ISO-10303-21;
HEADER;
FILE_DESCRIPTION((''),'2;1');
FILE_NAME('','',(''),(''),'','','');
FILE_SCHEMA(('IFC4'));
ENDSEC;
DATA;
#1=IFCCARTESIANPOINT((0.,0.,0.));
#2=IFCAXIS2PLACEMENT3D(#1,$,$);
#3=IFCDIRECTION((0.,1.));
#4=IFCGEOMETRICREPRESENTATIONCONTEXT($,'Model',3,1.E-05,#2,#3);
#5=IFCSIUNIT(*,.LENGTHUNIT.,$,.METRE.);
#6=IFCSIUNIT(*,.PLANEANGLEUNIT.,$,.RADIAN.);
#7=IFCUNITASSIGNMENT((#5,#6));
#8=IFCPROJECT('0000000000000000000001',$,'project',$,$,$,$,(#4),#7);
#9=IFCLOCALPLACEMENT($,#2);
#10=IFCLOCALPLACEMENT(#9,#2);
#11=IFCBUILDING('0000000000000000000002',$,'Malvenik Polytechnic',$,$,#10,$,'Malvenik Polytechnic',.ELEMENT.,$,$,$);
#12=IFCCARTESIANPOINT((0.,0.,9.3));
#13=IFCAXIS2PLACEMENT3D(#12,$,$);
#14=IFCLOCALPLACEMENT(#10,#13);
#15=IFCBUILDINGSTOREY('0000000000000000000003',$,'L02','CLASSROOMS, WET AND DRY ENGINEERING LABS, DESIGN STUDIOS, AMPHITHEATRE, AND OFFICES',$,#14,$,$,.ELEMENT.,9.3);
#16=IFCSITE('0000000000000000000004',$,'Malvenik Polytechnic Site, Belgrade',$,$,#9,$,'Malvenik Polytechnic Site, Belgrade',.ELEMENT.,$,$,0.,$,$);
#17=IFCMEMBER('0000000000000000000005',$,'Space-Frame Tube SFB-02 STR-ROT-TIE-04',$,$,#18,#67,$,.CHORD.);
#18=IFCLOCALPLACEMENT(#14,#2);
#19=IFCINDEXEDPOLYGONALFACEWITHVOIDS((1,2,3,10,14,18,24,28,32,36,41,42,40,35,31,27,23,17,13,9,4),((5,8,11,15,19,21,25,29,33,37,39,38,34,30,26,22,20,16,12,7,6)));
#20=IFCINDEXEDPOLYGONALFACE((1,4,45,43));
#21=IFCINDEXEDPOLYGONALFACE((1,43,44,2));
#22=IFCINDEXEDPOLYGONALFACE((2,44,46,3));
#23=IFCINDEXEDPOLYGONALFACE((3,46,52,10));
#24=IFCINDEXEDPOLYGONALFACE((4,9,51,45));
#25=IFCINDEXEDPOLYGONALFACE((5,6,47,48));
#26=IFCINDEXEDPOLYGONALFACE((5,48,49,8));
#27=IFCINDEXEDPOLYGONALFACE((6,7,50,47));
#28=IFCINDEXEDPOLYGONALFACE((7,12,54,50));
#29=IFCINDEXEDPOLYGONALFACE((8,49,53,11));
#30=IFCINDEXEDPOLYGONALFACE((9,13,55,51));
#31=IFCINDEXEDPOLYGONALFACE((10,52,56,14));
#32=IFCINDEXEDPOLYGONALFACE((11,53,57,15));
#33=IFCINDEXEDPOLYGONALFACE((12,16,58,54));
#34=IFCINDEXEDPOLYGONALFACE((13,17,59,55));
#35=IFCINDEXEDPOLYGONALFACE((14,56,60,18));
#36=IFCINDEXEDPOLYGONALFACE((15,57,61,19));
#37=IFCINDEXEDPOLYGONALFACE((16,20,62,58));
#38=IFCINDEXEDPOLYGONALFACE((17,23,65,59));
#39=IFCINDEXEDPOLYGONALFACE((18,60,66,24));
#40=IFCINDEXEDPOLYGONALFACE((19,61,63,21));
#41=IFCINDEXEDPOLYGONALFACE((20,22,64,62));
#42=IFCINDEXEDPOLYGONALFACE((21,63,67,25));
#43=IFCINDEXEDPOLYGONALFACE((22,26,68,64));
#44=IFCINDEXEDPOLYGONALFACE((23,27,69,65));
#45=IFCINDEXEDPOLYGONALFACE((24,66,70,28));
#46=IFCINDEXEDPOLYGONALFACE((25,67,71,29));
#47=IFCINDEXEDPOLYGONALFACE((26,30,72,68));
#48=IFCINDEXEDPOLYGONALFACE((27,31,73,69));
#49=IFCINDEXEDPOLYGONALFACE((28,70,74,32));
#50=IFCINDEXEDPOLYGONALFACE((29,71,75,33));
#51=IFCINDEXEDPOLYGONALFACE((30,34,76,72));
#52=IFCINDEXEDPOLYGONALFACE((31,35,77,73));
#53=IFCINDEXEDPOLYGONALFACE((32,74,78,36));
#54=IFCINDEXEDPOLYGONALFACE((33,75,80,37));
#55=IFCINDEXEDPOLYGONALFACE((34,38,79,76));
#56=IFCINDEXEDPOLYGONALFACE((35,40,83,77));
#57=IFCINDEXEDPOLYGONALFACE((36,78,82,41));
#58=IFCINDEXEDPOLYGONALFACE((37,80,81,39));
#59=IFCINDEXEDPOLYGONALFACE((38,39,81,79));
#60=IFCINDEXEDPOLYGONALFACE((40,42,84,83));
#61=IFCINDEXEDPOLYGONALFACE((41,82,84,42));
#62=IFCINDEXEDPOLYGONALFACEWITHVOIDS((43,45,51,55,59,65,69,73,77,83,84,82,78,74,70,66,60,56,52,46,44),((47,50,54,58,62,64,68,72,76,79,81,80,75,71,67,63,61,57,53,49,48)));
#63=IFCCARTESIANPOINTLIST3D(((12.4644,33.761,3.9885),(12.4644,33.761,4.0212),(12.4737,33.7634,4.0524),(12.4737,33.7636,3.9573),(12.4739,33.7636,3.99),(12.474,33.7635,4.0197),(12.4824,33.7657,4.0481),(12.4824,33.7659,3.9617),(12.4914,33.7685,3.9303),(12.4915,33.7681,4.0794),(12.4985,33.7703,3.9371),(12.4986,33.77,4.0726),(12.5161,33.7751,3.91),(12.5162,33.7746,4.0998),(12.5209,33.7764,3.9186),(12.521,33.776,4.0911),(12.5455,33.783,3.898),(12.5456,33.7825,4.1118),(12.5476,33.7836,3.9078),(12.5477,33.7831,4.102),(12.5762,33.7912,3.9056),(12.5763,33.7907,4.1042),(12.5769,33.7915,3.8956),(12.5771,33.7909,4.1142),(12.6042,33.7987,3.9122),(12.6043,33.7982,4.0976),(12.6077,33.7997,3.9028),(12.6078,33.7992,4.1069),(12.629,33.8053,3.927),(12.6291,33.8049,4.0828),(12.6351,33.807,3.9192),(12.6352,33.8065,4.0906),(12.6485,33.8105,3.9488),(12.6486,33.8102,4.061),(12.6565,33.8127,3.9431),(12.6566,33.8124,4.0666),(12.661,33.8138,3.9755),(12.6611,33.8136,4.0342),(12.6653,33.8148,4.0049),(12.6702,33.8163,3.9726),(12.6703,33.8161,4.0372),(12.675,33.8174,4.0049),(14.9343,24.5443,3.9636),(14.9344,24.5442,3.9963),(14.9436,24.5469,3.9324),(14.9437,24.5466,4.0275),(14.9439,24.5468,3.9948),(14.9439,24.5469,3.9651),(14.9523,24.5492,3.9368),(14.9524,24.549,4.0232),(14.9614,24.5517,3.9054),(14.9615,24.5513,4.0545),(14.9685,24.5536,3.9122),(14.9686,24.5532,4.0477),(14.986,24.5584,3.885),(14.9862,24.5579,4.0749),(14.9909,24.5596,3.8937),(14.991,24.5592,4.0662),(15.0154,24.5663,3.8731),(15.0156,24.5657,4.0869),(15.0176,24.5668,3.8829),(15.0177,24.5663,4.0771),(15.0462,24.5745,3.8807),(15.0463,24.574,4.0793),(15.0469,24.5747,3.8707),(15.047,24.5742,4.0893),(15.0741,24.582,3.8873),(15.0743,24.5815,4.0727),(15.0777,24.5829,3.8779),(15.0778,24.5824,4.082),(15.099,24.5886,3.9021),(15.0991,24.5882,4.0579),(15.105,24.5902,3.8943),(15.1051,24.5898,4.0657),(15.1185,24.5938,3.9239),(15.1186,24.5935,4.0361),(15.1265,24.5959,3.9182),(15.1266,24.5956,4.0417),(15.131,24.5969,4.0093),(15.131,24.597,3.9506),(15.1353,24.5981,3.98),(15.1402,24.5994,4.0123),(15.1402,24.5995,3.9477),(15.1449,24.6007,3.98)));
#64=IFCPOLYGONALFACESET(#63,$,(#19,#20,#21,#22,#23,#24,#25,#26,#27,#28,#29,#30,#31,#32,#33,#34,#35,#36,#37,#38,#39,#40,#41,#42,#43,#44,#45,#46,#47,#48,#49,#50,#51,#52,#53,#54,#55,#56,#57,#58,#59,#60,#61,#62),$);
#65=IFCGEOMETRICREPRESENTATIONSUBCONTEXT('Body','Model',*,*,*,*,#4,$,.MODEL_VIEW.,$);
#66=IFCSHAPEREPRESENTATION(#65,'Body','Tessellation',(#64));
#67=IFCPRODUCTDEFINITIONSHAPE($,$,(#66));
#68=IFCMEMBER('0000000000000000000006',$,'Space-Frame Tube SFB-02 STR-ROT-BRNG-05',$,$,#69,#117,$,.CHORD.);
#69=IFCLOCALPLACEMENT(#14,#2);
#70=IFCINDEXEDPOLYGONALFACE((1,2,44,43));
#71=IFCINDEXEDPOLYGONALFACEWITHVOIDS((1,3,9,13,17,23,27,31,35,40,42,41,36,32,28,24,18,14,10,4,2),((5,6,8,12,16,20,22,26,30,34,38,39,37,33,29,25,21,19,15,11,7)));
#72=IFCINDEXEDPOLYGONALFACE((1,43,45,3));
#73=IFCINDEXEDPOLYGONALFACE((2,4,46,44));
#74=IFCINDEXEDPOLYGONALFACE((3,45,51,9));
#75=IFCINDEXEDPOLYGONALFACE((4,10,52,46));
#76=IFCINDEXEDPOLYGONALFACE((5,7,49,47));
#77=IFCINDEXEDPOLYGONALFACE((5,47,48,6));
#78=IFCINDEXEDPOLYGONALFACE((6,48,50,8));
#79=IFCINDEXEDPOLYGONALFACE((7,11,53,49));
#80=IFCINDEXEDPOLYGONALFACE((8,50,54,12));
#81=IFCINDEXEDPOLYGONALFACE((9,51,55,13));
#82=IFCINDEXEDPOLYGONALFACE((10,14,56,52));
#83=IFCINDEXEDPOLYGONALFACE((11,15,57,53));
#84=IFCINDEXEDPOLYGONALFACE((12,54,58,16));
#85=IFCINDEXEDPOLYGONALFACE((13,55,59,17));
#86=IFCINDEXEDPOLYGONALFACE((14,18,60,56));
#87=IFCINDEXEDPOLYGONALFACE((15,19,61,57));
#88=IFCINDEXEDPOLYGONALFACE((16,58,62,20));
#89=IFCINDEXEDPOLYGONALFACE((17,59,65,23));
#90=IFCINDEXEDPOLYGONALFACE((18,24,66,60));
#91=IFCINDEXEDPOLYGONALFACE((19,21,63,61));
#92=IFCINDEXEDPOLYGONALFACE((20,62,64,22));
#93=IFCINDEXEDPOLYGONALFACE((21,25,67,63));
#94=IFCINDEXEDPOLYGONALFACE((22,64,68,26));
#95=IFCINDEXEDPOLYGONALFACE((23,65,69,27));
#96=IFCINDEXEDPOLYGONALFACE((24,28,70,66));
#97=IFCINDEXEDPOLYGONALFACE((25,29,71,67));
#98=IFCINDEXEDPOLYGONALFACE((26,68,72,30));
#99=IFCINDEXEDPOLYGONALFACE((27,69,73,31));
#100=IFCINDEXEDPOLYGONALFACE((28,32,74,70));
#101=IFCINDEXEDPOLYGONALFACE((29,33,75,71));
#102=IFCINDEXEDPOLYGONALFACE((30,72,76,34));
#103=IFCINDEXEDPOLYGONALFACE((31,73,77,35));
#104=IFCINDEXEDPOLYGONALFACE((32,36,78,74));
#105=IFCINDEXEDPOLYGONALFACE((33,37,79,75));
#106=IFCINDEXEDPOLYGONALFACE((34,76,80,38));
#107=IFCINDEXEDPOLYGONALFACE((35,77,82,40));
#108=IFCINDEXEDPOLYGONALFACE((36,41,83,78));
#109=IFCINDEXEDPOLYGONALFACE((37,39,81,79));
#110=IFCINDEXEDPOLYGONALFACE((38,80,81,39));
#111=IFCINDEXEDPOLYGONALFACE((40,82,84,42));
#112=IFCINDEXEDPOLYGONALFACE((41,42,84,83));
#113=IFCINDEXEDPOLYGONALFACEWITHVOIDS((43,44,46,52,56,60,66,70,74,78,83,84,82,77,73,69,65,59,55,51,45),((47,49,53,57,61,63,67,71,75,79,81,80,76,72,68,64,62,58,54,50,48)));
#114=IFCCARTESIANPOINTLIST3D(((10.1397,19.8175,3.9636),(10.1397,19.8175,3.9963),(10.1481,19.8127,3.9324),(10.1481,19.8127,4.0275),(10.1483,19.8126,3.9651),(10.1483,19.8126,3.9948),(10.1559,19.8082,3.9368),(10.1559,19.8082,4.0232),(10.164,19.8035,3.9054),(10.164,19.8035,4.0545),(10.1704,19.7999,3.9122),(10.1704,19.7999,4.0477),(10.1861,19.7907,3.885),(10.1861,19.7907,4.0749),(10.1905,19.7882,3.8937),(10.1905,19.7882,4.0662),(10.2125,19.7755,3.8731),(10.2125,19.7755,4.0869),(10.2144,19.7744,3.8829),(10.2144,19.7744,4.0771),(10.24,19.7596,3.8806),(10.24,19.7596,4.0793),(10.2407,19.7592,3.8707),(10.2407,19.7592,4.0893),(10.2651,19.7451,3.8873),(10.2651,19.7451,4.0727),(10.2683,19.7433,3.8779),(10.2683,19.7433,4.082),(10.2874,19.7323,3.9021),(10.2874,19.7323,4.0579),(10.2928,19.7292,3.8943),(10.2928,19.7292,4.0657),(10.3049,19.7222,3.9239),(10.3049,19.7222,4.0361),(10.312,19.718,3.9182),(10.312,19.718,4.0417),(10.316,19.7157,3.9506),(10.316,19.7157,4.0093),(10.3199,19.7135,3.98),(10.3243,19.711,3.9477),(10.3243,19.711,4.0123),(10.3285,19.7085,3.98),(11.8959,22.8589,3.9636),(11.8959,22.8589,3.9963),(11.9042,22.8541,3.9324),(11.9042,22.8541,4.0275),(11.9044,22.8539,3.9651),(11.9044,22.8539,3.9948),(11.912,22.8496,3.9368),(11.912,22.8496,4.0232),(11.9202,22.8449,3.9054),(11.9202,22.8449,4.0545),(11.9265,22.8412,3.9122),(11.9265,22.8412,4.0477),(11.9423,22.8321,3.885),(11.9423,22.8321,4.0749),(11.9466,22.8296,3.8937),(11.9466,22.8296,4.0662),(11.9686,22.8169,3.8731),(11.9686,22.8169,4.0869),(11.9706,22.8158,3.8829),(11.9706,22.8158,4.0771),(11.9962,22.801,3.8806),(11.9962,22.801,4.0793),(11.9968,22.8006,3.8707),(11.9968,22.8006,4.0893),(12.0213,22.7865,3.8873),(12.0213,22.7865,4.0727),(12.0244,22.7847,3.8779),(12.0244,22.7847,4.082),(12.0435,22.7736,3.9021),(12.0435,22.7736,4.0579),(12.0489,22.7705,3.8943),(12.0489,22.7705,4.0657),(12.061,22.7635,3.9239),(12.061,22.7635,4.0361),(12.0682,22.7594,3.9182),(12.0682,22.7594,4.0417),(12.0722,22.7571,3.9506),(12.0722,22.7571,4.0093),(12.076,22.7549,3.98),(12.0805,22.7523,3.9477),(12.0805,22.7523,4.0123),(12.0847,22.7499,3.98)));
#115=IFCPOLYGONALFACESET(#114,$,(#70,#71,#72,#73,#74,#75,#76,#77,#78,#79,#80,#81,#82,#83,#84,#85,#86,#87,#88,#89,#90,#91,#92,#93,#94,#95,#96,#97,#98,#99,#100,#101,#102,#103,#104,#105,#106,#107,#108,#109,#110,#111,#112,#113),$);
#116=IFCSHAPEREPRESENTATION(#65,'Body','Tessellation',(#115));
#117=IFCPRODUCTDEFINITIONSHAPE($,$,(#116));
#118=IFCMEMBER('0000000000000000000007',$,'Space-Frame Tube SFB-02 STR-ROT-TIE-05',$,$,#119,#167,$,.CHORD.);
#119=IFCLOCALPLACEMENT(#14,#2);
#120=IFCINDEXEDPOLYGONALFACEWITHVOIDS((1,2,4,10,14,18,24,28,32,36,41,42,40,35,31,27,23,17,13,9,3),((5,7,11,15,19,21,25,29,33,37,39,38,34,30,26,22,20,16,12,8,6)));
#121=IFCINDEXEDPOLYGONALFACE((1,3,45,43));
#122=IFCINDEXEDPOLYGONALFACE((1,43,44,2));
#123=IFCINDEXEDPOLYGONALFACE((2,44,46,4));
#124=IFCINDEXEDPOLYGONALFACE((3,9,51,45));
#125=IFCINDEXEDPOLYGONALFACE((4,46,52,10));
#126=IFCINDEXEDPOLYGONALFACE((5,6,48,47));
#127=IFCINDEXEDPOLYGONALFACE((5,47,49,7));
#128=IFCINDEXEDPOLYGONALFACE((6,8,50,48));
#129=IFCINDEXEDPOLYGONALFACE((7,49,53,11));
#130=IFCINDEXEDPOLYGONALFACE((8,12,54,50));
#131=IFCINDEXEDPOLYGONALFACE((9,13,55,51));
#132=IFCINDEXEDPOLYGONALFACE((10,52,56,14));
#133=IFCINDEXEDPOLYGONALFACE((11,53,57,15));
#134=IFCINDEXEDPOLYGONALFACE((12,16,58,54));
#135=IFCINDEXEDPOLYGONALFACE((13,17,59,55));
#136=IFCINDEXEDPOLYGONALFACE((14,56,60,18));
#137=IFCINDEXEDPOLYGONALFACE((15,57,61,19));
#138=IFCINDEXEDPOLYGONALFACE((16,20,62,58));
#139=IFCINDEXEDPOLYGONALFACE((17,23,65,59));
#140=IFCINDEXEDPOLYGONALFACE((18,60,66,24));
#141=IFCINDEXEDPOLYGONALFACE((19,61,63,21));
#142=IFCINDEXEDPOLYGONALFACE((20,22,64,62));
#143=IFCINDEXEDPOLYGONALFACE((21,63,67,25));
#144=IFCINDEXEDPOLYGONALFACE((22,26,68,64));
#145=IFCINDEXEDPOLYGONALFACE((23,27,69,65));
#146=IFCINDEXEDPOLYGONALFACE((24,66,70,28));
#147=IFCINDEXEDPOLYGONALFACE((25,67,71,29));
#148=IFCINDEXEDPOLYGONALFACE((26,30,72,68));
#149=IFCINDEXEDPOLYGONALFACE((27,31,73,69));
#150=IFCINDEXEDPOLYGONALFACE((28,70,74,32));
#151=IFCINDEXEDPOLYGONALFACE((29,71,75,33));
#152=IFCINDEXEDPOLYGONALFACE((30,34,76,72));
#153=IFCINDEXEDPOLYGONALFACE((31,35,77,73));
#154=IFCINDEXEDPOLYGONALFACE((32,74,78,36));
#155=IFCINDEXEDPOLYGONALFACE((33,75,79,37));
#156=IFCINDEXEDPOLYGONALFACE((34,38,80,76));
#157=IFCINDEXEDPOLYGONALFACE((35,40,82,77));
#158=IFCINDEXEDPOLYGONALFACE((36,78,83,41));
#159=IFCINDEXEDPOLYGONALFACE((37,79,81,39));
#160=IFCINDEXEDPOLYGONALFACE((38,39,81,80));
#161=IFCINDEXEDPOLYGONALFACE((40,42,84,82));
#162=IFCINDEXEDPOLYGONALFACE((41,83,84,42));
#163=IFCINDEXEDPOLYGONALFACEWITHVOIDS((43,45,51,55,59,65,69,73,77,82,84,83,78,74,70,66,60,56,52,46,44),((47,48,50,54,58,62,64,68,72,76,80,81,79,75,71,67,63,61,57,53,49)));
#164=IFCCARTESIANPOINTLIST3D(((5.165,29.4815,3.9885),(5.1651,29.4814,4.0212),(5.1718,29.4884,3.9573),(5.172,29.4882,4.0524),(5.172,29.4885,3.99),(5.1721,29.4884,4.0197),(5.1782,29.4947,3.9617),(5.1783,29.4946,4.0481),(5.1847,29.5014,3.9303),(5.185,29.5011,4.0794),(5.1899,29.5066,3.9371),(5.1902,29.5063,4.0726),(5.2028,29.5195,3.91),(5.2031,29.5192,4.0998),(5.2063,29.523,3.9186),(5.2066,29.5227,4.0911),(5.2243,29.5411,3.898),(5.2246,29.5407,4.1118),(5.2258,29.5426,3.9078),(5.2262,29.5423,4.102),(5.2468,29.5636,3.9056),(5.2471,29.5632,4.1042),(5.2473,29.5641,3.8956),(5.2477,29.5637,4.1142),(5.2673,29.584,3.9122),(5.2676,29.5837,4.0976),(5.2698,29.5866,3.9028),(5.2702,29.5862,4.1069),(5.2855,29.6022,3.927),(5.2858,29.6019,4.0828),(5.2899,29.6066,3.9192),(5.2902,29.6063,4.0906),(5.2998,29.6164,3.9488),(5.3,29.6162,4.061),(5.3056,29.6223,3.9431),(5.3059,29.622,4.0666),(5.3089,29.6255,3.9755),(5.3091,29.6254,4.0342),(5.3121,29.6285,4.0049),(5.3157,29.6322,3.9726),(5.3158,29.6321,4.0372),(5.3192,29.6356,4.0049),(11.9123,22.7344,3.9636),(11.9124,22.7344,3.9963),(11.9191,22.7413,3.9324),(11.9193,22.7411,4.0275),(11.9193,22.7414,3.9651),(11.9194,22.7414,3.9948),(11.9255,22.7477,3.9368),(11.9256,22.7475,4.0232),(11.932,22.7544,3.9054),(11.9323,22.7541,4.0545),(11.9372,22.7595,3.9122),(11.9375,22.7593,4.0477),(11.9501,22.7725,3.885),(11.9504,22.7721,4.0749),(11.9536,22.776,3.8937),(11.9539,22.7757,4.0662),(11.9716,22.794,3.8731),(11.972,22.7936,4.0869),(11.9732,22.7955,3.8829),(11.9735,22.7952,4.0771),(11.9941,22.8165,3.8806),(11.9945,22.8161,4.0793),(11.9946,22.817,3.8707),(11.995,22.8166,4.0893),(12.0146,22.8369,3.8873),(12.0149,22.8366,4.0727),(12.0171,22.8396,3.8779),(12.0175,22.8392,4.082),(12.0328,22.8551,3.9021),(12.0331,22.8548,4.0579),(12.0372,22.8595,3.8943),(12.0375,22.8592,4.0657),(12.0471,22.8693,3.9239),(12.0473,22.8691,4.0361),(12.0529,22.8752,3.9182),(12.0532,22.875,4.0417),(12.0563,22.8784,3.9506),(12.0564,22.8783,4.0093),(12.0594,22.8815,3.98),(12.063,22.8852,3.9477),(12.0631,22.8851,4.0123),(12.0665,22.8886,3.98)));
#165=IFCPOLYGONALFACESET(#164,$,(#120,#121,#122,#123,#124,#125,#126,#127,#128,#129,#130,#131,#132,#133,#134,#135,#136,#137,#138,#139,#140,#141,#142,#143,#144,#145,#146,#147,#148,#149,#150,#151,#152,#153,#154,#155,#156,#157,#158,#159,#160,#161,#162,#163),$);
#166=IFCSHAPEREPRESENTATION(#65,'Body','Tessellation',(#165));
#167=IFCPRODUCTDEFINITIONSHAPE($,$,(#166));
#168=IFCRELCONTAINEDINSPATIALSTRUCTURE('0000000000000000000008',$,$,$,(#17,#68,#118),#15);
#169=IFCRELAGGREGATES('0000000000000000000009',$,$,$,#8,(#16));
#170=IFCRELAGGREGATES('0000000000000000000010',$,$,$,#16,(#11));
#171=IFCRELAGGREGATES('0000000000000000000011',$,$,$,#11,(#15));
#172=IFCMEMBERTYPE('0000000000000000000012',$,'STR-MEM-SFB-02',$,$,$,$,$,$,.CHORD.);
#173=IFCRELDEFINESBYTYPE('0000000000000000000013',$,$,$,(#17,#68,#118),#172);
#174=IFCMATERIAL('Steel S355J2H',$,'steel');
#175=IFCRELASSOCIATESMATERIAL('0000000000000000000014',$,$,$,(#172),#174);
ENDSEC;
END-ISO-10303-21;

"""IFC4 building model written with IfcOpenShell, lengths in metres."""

from ifc_helpers import new_model, si_unit, direction, frame, origin, origin_2d, place, context, subcontext, project, spatial, hollow_circle, extrude, material, material_profile, profile_set, type_object, element, save


model = new_model("IFC4")

# Units and contexts
model_context = context("Model", 3, precision=1e-05, world=origin(), true_north=direction((0.0, 1.0)))
body_context = subcontext(model_context, "Body", "Model", "MODEL_VIEW")
ifc_project = project(units=[si_unit("LENGTHUNIT", "METRE"), si_unit("PLANEANGLEUNIT", "RADIAN")], contexts=[model_context])

# Site, building, storey
site_placement = place(None, origin())
site = spatial("IfcSite", under=ifc_project, at=site_placement, Name="Malvenik Polytechnic Site, Belgrade", LongName="Malvenik Polytechnic Site, Belgrade", CompositionType="ELEMENT", RefElevation=0.0)
building_placement = place(site_placement, origin())
building = spatial("IfcBuilding", under=site, at=building_placement, Name="Malvenik Polytechnic", LongName="Malvenik Polytechnic", CompositionType="ELEMENT")
storey_placement = place(building_placement, frame((0.0, 0.0, 9.3)))
storey = spatial("IfcBuildingStorey", under=building, at=storey_placement, Name="L02", Description="CLASSROOMS, WET AND DRY ENGINEERING LABS, DESIGN STUDIOS, AMPHITHEATRE, AND OFFICES", CompositionType="ELEMENT", Elevation=9.3)

# Members
ifc_material_1 = material(Name="Steel S355J2H", Category="steel")
ifc_material_profile_1 = material_profile(ifc_material_1, hollow_circle(Radius=0.1096, WallThickness=0.01, at=origin_2d()), Name="CHS 219.1x10.0")
ifc_profile_set_1 = profile_set([ifc_material_profile_1], Name="Steel S355J2H")
member_type = type_object("IfcMemberType", Name="STR-MEM-SFB-02", PredefinedType="CHORD", material=ifc_profile_set_1)
member_1_placement = place(storey_placement, frame((12.5691, 33.7891, 4.0049), z_axis=(0.258851, -0.965914, -0.00261), x_axis=(0.965917, 0.258852, 0.0)))
element("IfcMember", 1, at=member_1_placement, inside=storey, type_object=member_type, Name="Space-Frame Tube SFB-02 STR-ROT-TIE-04", PredefinedType="CHORD", context=body_context, shape_type="SweptSolid", body=[
    extrude(hollow_circle(Radius=0.1096, WallThickness=0.01, at=origin_2d()), origin(), (0.0, 0.0, 1.0), 9.542),
])
member_2_placement = place(storey_placement, frame((11.9897, 22.8047, 3.98), z_axis=(-0.500049, -0.865997, 0.0), x_axis=(0.865997, -0.500049, 0.0)))
element("IfcMember", 2, at=member_2_placement, inside=storey, type_object=member_type, Name="Space-Frame Tube SFB-02 STR-ROT-BRNG-05", PredefinedType="CHORD", context=body_context, shape_type="SweptSolid", body=[
    extrude(hollow_circle(Radius=0.1096, WallThickness=0.01, at=origin_2d()), origin(), (0.0, 0.0, 1.0), 3.512),
])
for number, where, z_axis, x_axis, name in (
    (3, (5.2417, 29.5581, 4.0049), (0.707117, -0.707092, -0.00261), (0.707094, 0.70712, 0.0), "Space-Frame Tube SFB-02 STR-ROT-TIE-05"),
):
    element("IfcMember", number, at=place(storey_placement, frame(where, z_axis=z_axis, x_axis=x_axis)), inside=storey, type_object=member_type, Name=name, PredefinedType="CHORD", context=body_context, shape_type="SweptSolid", body=[
        extrude(hollow_circle(Radius=0.1096, WallThickness=0.01, at=origin_2d()), origin(), (0.0, 0.0, 1.0), 9.542),
    ])

save(model, "model.ifc")
